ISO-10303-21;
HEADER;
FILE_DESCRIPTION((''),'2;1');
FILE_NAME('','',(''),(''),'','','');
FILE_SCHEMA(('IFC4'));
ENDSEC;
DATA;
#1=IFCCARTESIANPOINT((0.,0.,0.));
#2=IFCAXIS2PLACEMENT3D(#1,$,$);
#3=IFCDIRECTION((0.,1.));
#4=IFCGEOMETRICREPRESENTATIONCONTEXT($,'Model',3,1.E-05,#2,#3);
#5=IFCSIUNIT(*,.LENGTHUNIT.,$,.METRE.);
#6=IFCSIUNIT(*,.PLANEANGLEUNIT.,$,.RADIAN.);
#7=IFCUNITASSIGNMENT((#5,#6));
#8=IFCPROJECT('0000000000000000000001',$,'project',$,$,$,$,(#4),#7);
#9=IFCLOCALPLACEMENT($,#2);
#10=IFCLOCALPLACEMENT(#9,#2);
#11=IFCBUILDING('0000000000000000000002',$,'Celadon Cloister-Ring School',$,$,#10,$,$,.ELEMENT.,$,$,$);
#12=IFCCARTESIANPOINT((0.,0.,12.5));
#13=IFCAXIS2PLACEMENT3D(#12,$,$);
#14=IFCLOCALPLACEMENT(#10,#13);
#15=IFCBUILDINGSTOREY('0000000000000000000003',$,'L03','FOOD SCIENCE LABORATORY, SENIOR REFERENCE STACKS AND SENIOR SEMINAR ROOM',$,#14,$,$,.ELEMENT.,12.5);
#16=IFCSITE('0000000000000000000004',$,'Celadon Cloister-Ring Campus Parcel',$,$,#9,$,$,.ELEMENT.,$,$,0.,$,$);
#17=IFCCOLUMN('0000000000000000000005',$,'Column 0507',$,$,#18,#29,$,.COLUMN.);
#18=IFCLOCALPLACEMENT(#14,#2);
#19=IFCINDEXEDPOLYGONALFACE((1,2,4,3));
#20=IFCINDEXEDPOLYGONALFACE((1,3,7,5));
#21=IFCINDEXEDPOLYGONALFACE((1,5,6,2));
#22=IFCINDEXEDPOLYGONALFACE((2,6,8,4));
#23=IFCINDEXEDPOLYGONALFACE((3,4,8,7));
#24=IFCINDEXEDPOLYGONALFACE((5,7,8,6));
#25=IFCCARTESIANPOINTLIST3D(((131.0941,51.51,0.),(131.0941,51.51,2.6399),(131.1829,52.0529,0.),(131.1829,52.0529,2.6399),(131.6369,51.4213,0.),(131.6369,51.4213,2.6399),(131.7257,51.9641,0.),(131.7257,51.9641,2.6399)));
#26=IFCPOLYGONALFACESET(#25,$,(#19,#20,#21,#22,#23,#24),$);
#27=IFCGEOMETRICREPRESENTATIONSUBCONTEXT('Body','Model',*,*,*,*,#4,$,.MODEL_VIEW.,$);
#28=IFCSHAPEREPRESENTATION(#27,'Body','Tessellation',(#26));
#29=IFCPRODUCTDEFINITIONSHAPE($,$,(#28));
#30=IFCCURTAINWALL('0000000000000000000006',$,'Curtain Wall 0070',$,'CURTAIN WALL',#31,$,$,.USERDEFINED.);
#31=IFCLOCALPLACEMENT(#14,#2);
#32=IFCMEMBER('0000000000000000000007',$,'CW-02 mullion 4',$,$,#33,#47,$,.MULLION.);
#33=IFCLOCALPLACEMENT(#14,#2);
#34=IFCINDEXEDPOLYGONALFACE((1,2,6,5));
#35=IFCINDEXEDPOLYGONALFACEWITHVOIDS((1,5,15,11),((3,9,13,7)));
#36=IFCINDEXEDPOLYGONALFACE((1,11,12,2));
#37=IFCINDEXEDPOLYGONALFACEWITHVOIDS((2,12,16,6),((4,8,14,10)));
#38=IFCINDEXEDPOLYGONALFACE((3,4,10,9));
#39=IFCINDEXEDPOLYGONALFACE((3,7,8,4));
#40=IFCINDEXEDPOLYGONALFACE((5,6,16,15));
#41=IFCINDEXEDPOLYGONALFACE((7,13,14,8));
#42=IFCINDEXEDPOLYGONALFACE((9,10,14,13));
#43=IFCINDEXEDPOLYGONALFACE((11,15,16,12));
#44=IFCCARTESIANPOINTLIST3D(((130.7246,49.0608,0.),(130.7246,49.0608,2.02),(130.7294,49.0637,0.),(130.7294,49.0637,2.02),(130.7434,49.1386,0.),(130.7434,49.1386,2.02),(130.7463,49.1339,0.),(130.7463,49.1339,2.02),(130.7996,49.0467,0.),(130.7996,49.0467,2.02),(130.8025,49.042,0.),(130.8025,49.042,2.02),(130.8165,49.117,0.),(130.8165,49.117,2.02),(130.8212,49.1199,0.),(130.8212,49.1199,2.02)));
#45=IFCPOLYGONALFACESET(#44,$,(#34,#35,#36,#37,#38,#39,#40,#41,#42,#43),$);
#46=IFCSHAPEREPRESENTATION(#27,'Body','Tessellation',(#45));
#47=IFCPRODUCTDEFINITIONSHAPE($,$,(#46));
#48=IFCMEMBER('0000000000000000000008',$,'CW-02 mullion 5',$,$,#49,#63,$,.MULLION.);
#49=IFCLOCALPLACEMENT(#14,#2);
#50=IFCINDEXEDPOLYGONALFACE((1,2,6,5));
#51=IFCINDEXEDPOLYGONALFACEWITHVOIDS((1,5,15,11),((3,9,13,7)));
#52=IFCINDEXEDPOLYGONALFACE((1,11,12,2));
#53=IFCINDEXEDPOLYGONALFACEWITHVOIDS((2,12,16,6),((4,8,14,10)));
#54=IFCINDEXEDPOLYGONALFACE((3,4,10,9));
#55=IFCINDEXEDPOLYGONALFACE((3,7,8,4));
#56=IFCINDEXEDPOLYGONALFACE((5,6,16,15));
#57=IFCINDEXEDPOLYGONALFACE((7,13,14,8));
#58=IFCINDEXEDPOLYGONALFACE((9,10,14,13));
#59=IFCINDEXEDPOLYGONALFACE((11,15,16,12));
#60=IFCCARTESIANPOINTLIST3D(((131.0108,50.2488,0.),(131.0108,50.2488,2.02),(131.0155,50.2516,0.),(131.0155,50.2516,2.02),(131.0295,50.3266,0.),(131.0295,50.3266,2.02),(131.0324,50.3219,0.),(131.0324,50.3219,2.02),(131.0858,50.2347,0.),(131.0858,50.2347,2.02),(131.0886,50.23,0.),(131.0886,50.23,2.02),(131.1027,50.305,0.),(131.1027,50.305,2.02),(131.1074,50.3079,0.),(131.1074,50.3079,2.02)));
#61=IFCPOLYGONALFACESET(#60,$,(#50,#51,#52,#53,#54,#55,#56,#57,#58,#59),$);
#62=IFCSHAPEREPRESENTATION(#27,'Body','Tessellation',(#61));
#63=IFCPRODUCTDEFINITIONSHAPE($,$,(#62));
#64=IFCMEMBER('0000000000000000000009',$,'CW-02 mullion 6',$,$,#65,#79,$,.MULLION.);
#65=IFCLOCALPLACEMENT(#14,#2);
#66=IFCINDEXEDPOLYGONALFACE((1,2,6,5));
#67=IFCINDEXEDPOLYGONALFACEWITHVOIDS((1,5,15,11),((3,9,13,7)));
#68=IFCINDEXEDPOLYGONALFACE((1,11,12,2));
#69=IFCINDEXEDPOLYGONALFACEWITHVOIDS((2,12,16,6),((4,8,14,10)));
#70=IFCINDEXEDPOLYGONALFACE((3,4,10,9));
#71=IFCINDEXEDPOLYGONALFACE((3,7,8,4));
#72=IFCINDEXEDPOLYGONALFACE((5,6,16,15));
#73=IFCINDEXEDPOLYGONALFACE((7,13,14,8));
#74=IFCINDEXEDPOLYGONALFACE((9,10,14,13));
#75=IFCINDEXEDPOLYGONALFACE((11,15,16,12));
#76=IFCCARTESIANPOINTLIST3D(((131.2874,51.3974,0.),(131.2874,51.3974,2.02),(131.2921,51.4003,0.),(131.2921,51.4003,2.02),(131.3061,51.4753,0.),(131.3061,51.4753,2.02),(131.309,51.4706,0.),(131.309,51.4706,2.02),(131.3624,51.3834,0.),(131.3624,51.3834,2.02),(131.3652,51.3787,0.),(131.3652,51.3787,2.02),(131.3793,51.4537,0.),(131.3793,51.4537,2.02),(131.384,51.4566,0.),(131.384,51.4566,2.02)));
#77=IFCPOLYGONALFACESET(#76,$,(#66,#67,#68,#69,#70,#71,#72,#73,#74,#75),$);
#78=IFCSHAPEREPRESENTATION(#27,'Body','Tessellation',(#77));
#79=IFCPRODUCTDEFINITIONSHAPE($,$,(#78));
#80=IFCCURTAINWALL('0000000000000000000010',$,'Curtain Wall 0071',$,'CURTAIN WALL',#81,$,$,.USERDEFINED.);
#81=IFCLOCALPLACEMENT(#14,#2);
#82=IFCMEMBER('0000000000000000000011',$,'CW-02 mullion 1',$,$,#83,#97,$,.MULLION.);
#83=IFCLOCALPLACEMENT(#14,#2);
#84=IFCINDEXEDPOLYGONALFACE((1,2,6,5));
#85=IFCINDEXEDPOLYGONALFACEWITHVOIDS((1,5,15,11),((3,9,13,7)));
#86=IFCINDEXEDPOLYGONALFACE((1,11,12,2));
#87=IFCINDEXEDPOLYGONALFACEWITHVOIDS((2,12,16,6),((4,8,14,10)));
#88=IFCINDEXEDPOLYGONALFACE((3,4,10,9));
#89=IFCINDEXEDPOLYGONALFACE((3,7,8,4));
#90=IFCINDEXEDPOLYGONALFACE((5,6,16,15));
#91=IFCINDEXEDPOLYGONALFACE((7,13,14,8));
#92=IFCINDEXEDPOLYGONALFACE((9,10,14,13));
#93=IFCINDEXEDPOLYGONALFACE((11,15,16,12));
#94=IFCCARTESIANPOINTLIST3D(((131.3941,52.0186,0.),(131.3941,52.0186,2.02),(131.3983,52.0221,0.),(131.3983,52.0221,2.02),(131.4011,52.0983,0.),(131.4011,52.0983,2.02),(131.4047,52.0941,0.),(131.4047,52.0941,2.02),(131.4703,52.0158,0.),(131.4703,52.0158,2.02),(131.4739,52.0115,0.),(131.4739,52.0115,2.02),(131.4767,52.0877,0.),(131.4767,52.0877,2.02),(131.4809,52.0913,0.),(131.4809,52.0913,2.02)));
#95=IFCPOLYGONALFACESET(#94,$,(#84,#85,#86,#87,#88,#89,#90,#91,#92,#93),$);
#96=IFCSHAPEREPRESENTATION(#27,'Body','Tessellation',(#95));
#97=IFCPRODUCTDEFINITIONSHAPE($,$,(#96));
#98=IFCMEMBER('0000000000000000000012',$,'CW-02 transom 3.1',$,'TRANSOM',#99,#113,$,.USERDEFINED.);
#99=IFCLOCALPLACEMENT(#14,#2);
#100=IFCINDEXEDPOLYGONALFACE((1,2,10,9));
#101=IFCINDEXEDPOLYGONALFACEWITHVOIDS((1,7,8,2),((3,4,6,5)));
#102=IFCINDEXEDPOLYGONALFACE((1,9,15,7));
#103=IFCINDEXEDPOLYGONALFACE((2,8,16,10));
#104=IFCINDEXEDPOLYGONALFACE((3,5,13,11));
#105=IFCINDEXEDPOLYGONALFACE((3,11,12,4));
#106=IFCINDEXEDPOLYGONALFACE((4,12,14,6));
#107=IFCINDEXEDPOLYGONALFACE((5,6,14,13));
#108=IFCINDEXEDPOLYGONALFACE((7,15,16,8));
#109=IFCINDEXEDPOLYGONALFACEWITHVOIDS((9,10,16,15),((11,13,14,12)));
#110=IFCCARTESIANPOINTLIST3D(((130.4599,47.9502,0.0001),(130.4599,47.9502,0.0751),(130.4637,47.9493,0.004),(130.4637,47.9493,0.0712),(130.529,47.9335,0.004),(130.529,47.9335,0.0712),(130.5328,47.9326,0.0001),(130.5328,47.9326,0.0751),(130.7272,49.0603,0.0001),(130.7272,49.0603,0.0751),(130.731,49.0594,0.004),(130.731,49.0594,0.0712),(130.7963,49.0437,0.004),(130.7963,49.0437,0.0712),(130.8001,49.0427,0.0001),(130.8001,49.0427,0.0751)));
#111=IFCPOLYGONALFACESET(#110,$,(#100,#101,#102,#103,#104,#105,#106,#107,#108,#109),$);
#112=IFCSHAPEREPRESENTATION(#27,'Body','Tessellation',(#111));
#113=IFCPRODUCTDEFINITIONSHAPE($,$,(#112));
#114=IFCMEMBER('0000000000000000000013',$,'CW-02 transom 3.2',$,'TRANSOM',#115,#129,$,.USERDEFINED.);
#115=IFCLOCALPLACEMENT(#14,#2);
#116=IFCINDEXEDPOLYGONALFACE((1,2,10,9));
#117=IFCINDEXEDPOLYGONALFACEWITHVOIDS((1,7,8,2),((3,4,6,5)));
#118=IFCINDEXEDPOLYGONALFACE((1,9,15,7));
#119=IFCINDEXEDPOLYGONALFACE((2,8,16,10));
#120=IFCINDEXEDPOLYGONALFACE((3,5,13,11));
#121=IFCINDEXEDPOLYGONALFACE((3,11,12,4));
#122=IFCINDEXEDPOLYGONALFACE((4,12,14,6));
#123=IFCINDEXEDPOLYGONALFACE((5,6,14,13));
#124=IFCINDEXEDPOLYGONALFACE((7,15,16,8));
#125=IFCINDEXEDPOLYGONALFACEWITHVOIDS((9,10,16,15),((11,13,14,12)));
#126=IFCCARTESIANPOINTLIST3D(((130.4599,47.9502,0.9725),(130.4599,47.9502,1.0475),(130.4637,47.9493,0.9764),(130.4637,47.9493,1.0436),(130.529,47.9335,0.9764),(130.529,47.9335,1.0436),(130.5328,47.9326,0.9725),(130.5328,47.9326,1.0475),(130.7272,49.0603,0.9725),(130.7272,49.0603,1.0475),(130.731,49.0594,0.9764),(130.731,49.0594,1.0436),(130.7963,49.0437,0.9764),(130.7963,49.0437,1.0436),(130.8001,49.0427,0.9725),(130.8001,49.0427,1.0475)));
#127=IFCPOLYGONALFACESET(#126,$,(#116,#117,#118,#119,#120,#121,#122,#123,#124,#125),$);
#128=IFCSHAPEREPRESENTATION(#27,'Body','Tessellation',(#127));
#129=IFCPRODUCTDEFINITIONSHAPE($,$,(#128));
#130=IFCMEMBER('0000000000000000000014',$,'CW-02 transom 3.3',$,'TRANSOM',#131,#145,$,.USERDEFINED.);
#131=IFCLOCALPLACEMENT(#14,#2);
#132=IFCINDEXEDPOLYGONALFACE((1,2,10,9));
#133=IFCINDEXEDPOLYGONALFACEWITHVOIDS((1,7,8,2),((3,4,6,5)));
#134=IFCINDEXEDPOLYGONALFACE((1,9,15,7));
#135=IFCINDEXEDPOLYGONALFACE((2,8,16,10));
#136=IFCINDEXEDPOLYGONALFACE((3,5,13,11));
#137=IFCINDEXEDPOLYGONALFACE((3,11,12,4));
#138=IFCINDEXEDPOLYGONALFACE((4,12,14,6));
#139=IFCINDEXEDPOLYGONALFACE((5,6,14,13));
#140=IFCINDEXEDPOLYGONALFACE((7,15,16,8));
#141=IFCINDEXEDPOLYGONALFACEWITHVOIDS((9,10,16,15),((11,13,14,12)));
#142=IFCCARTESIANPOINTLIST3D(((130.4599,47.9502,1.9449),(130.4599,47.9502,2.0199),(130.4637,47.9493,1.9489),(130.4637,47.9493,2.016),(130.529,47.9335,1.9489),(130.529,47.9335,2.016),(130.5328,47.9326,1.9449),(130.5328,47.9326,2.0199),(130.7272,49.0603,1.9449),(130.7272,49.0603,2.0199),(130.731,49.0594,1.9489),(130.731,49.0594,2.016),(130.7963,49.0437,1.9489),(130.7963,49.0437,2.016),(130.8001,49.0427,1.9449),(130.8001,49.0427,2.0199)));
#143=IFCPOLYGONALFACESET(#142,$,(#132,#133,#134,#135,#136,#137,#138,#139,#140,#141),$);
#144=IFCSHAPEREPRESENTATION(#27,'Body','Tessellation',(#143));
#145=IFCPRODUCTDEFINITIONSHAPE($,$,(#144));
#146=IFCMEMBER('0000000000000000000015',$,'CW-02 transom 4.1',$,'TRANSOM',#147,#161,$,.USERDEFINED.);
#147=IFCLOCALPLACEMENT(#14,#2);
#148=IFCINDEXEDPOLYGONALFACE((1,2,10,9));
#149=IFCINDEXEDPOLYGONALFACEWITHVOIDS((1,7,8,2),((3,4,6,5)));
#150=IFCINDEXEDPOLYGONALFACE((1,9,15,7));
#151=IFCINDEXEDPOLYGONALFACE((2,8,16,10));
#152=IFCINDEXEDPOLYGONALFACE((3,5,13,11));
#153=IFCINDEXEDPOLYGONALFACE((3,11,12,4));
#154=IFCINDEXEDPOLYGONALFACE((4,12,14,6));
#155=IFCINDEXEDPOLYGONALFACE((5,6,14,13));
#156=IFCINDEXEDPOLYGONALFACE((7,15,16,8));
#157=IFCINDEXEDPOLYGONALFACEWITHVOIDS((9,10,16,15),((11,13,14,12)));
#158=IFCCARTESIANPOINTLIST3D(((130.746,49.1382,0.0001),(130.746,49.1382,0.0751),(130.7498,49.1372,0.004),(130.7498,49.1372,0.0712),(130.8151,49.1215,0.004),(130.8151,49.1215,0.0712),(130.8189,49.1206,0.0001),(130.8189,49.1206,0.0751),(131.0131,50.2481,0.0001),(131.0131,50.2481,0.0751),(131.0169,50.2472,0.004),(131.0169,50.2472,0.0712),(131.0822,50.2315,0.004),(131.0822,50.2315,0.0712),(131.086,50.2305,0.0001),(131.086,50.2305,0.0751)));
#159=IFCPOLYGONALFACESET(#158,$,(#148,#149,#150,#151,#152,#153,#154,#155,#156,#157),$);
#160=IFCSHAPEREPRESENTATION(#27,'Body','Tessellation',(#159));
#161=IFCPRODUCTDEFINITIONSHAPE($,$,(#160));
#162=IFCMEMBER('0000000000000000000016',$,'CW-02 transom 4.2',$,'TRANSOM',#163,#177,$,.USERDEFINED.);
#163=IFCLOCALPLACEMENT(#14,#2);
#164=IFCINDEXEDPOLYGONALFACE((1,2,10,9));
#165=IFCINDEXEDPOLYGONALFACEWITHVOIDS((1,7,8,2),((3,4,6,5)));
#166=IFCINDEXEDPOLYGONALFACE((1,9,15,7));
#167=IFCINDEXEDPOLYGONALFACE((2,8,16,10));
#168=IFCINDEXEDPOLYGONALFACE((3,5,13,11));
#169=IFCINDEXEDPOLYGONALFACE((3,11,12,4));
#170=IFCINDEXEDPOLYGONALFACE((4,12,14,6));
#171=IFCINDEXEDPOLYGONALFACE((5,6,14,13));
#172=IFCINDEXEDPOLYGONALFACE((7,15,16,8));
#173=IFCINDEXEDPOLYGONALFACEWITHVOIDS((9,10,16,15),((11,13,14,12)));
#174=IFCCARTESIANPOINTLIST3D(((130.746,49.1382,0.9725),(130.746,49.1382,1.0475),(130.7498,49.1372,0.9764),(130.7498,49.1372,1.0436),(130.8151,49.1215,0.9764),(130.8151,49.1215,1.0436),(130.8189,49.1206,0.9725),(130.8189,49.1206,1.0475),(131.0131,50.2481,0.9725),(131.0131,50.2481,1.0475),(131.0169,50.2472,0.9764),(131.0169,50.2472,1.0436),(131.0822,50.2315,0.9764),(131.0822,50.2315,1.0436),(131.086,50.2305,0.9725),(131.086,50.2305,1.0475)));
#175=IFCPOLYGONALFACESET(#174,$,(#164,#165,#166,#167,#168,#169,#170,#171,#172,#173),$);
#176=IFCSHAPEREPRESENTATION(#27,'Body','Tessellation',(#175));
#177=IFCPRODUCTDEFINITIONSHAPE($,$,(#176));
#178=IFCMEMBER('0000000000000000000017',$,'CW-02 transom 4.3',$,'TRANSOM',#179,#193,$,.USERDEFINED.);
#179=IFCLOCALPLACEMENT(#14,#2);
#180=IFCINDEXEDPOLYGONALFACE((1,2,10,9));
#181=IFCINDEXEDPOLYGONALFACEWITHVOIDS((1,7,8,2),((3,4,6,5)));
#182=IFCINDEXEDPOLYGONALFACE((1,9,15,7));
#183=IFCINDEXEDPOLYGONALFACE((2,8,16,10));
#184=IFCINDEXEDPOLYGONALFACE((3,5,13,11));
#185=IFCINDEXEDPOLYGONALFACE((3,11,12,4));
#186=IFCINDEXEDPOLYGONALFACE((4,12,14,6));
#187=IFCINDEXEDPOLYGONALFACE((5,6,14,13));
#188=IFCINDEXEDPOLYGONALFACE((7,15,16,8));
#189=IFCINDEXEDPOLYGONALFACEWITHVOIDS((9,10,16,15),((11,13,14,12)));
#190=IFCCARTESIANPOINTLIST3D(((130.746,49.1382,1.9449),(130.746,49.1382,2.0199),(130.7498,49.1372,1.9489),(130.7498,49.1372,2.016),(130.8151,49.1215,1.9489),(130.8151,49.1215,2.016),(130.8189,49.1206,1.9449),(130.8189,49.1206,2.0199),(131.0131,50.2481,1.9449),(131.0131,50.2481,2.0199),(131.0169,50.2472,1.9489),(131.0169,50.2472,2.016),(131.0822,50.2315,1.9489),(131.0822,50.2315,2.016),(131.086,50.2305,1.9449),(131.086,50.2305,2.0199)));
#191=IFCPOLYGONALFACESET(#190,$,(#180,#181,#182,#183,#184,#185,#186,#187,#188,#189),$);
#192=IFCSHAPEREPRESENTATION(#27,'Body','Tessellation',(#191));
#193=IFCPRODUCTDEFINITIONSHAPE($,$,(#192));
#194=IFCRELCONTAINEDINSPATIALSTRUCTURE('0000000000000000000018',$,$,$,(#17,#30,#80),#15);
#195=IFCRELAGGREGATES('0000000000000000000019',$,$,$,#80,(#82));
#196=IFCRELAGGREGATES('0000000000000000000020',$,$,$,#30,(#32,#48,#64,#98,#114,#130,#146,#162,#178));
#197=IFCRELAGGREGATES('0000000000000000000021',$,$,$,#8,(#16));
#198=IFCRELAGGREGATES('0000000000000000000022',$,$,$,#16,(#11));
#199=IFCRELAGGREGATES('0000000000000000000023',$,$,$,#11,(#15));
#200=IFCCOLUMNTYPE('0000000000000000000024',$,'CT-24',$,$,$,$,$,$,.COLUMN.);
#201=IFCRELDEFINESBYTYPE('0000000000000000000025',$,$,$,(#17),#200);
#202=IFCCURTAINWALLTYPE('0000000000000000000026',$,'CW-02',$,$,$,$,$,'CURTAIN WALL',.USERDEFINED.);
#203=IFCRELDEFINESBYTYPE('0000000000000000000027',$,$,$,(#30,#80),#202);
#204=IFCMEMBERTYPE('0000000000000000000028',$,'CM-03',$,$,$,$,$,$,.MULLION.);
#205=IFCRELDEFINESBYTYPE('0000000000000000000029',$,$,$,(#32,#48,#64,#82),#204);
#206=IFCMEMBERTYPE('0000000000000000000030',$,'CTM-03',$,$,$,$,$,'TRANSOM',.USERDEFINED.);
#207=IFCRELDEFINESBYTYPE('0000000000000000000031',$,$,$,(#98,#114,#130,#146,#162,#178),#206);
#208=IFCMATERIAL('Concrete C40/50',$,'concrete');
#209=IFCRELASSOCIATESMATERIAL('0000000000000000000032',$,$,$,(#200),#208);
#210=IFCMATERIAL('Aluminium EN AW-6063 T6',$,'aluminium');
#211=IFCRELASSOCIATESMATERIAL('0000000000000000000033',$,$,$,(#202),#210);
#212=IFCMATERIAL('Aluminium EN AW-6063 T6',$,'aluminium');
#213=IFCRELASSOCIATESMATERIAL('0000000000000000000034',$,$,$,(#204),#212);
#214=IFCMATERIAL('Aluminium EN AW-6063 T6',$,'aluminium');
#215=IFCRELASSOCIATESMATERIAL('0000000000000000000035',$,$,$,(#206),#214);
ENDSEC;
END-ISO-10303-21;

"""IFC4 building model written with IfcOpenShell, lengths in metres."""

from ifc_helpers import new_model, si_unit, direction, frame, origin, origin_2d, place, context, subcontext, project, spatial, rectangle, hollow_rectangle, extrude, material, material_profile, profile_set, type_object, element, aggregate, save


model = new_model("IFC4")

# Units and contexts
model_context = context("Model", 3, precision=1e-05, world=origin(), true_north=direction((0.0, 1.0)))
body_context = subcontext(model_context, "Body", "Model", "MODEL_VIEW")
ifc_project = project(units=[si_unit("LENGTHUNIT", "METRE"), si_unit("PLANEANGLEUNIT", "RADIAN")], contexts=[model_context])

# Site, building, storey
site_placement = place(None, origin())
site = spatial("IfcSite", under=ifc_project, at=site_placement, Name="Celadon Cloister-Ring Campus Parcel", CompositionType="ELEMENT", RefElevation=0.0)
building_placement = place(site_placement, origin())
building = spatial("IfcBuilding", under=site, at=building_placement, Name="Celadon Cloister-Ring School", CompositionType="ELEMENT")
storey_placement = place(building_placement, frame((0.0, 0.0, 12.5)))
storey = spatial("IfcBuildingStorey", under=building, at=storey_placement, Name="L03", Description="FOOD SCIENCE LABORATORY, SENIOR REFERENCE STACKS AND SENIOR SEMINAR ROOM", CompositionType="ELEMENT", Elevation=12.5)

# Column
ifc_material_1 = material(Name="Concrete C40/50", Category="concrete")
ifc_material_profile_1 = material_profile(ifc_material_1, rectangle(XDim=0.55, YDim=0.55, at=origin_2d()), Name="RC550X550")
ifc_profile_set_1 = profile_set([ifc_material_profile_1], Name="Concrete C40/50")
column_type = type_object("IfcColumnType", Name="CT-24", PredefinedType="COLUMN", material=ifc_profile_set_1)
column_placement = place(storey_placement, frame((131.4099, 51.7371, 0.0), z_axis=(0.0, 0.0, 1.0), x_axis=(0.98689, -0.161397, 0.0)))
element("IfcColumn", 1, at=column_placement, inside=storey, type_object=column_type, Name="Column 0507", PredefinedType="COLUMN", context=body_context, shape_type="SweptSolid", body=[
    extrude(rectangle(XDim=0.55, YDim=0.55, at=origin_2d()), origin(), (0.0, 0.0, 1.0), 2.6399),
])

# Curtain wall, members
ifc_material_2 = material(Name="Aluminium EN AW-6063 T6", Category="aluminium")
curtain_wall_type = type_object("IfcCurtainWallType", Name="CW-02", ElementType="CURTAIN WALL", PredefinedType="USERDEFINED", material=ifc_material_2)
curtain_wall_1_placement = place(storey_placement, origin())
curtain_wall_1 = element("IfcCurtainWall", 2, at=curtain_wall_1_placement, inside=storey, type_object=curtain_wall_type, Name="Curtain Wall 0070", ObjectType="CURTAIN WALL", PredefinedType="USERDEFINED")
ifc_material_3 = material(Name="Aluminium EN AW-6063 T6", Category="aluminium")
ifc_material_profile_2 = material_profile(ifc_material_3, hollow_rectangle(XDim=0.0801, YDim=0.0801, WallThickness=0.0039, at=origin_2d()), Name="RHS80X80X4")
ifc_profile_set_2 = profile_set([ifc_material_profile_2], Name="Aluminium EN AW-6063 T6")
member_type_1 = type_object("IfcMemberType", Name="CM-03", PredefinedType="MULLION", material=ifc_profile_set_2)
member_1_placement = place(storey_placement, frame((130.7729, 49.0903, 0.0), z_axis=(0.0, 0.0, 1.0), x_axis=(-0.972215, 0.234091, 0.0)))
member_1 = element("IfcMember", 3, at=member_1_placement, type_object=member_type_1, Name="CW-02 mullion 4", PredefinedType="MULLION", context=body_context, shape_type="SweptSolid", body=[
    extrude(hollow_rectangle(XDim=0.0801, YDim=0.0801, WallThickness=0.0039, at=origin_2d()), origin(), (0.0, 0.0, 1.0), 2.02),
])
member_2_placement = place(storey_placement, frame((131.0591, 50.2783, 0.0), z_axis=(0.0, 0.0, 1.0), x_axis=(-0.972215, 0.234091, 0.0)))
member_2 = element("IfcMember", 4, at=member_2_placement, type_object=member_type_1, Name="CW-02 mullion 5", PredefinedType="MULLION", context=body_context, shape_type="SweptSolid", body=[
    extrude(hollow_rectangle(XDim=0.0801, YDim=0.0801, WallThickness=0.0039, at=origin_2d()), origin(), (0.0, 0.0, 1.0), 2.02),
])
member_3_placement = place(storey_placement, frame((131.3357, 51.427, 0.0), z_axis=(0.0, 0.0, 1.0), x_axis=(-0.972215, 0.234091, 0.0)))
member_3 = element("IfcMember", 5, at=member_3_placement, type_object=member_type_1, Name="CW-02 mullion 6", PredefinedType="MULLION", context=body_context, shape_type="SweptSolid", body=[
    extrude(hollow_rectangle(XDim=0.0801, YDim=0.0801, WallThickness=0.0039, at=origin_2d()), origin(), (0.0, 0.0, 1.0), 2.02),
])

# Curtain wall, member
curtain_wall_2_placement = place(storey_placement, origin())
curtain_wall_2 = element("IfcCurtainWall", 6, at=curtain_wall_2_placement, inside=storey, type_object=curtain_wall_type, Name="Curtain Wall 0071", ObjectType="CURTAIN WALL", PredefinedType="USERDEFINED")
member_4_placement = place(storey_placement, frame((131.4375, 52.0549, 0.0), z_axis=(0.0, 0.0, 1.0), x_axis=(-0.996114, 0.088071, 0.0)))
member_4 = element("IfcMember", 7, at=member_4_placement, type_object=member_type_1, Name="CW-02 mullion 1", PredefinedType="MULLION", context=body_context, shape_type="SweptSolid", body=[
    extrude(hollow_rectangle(XDim=0.0801, YDim=0.0801, WallThickness=0.0039, at=origin_2d()), origin(), (0.0, 0.0, 1.0), 2.02),
])
aggregate(curtain_wall_2, [member_4])

# Members
ifc_material_4 = material(Name="Aluminium EN AW-6063 T6", Category="aluminium")
ifc_material_profile_3 = material_profile(ifc_material_4, hollow_rectangle(XDim=0.075, YDim=0.075, WallThickness=0.0039, at=origin_2d()), Name="RHS75X75X4")
ifc_profile_set_3 = profile_set([ifc_material_profile_3], Name="Aluminium EN AW-6063 T6")
member_type_2 = type_object("IfcMemberType", Name="CTM-03", ElementType="TRANSOM", PredefinedType="USERDEFINED", material=ifc_profile_set_3)
member_5_placement = place(storey_placement, frame((130.4963, 47.9414, 0.0376), z_axis=(0.234125, 0.972207, 0.0), x_axis=(-0.972207, 0.234125, 0.0)))
member_5 = element("IfcMember", 8, at=member_5_placement, type_object=member_type_2, Name="CW-02 transom 3.1", ObjectType="TRANSOM", PredefinedType="USERDEFINED", context=body_context, shape_type="SweptSolid", body=[
    extrude(hollow_rectangle(XDim=0.075, YDim=0.075, WallThickness=0.0039, at=origin_2d()), origin(), (0.0, 0.0, 1.0), 1.1418),
])
member_6_placement = place(storey_placement, frame((130.4963, 47.9414, 1.01), z_axis=(0.234125, 0.972207, 0.0), x_axis=(-0.972207, 0.234125, 0.0)))
member_6 = element("IfcMember", 9, at=member_6_placement, type_object=member_type_2, Name="CW-02 transom 3.2", ObjectType="TRANSOM", PredefinedType="USERDEFINED", context=body_context, shape_type="SweptSolid", body=[
    extrude(hollow_rectangle(XDim=0.075, YDim=0.075, WallThickness=0.0039, at=origin_2d()), origin(), (0.0, 0.0, 1.0), 1.1418),
])
member_7_placement = place(storey_placement, frame((130.4963, 47.9414, 1.9824), z_axis=(0.234125, 0.972207, 0.0), x_axis=(-0.972207, 0.234125, 0.0)))
member_7 = element("IfcMember", 10, at=member_7_placement, type_object=member_type_2, Name="CW-02 transom 3.3", ObjectType="TRANSOM", PredefinedType="USERDEFINED", context=body_context, shape_type="SweptSolid", body=[
    extrude(hollow_rectangle(XDim=0.075, YDim=0.075, WallThickness=0.0039, at=origin_2d()), origin(), (0.0, 0.0, 1.0), 1.1418),
])
member_8_placement = place(storey_placement, frame((130.7825, 49.1294, 0.0376), z_axis=(0.233971, 0.972243, 0.0), x_axis=(-0.972243, 0.233971, 0.0)))
member_8 = element("IfcMember", 11, at=member_8_placement, type_object=member_type_2, Name="CW-02 transom 4.1", ObjectType="TRANSOM", PredefinedType="USERDEFINED", context=body_context, shape_type="SweptSolid", body=[
    extrude(hollow_rectangle(XDim=0.075, YDim=0.075, WallThickness=0.0039, at=origin_2d()), origin(), (0.0, 0.0, 1.0), 1.1416),
])
member_9_placement = place(storey_placement, frame((130.7825, 49.1294, 1.01), z_axis=(0.233971, 0.972243, 0.0), x_axis=(-0.972243, 0.233971, 0.0)))
member_9 = element("IfcMember", 12, at=member_9_placement, type_object=member_type_2, Name="CW-02 transom 4.2", ObjectType="TRANSOM", PredefinedType="USERDEFINED", context=body_context, shape_type="SweptSolid", body=[
    extrude(hollow_rectangle(XDim=0.075, YDim=0.075, WallThickness=0.0039, at=origin_2d()), origin(), (0.0, 0.0, 1.0), 1.1416),
])
member_10_placement = place(storey_placement, frame((130.7825, 49.1294, 1.9824), z_axis=(0.233971, 0.972243, 0.0), x_axis=(-0.972243, 0.233971, 0.0)))
member_10 = element("IfcMember", 13, at=member_10_placement, type_object=member_type_2, Name="CW-02 transom 4.3", ObjectType="TRANSOM", PredefinedType="USERDEFINED", context=body_context, shape_type="SweptSolid", body=[
    extrude(hollow_rectangle(XDim=0.075, YDim=0.075, WallThickness=0.0039, at=origin_2d()), origin(), (0.0, 0.0, 1.0), 1.1416),
])

aggregate(curtain_wall_1, [member_1, member_2, member_3, member_5, member_6, member_7, member_8, member_9, member_10])

save(model, "model.ifc")
